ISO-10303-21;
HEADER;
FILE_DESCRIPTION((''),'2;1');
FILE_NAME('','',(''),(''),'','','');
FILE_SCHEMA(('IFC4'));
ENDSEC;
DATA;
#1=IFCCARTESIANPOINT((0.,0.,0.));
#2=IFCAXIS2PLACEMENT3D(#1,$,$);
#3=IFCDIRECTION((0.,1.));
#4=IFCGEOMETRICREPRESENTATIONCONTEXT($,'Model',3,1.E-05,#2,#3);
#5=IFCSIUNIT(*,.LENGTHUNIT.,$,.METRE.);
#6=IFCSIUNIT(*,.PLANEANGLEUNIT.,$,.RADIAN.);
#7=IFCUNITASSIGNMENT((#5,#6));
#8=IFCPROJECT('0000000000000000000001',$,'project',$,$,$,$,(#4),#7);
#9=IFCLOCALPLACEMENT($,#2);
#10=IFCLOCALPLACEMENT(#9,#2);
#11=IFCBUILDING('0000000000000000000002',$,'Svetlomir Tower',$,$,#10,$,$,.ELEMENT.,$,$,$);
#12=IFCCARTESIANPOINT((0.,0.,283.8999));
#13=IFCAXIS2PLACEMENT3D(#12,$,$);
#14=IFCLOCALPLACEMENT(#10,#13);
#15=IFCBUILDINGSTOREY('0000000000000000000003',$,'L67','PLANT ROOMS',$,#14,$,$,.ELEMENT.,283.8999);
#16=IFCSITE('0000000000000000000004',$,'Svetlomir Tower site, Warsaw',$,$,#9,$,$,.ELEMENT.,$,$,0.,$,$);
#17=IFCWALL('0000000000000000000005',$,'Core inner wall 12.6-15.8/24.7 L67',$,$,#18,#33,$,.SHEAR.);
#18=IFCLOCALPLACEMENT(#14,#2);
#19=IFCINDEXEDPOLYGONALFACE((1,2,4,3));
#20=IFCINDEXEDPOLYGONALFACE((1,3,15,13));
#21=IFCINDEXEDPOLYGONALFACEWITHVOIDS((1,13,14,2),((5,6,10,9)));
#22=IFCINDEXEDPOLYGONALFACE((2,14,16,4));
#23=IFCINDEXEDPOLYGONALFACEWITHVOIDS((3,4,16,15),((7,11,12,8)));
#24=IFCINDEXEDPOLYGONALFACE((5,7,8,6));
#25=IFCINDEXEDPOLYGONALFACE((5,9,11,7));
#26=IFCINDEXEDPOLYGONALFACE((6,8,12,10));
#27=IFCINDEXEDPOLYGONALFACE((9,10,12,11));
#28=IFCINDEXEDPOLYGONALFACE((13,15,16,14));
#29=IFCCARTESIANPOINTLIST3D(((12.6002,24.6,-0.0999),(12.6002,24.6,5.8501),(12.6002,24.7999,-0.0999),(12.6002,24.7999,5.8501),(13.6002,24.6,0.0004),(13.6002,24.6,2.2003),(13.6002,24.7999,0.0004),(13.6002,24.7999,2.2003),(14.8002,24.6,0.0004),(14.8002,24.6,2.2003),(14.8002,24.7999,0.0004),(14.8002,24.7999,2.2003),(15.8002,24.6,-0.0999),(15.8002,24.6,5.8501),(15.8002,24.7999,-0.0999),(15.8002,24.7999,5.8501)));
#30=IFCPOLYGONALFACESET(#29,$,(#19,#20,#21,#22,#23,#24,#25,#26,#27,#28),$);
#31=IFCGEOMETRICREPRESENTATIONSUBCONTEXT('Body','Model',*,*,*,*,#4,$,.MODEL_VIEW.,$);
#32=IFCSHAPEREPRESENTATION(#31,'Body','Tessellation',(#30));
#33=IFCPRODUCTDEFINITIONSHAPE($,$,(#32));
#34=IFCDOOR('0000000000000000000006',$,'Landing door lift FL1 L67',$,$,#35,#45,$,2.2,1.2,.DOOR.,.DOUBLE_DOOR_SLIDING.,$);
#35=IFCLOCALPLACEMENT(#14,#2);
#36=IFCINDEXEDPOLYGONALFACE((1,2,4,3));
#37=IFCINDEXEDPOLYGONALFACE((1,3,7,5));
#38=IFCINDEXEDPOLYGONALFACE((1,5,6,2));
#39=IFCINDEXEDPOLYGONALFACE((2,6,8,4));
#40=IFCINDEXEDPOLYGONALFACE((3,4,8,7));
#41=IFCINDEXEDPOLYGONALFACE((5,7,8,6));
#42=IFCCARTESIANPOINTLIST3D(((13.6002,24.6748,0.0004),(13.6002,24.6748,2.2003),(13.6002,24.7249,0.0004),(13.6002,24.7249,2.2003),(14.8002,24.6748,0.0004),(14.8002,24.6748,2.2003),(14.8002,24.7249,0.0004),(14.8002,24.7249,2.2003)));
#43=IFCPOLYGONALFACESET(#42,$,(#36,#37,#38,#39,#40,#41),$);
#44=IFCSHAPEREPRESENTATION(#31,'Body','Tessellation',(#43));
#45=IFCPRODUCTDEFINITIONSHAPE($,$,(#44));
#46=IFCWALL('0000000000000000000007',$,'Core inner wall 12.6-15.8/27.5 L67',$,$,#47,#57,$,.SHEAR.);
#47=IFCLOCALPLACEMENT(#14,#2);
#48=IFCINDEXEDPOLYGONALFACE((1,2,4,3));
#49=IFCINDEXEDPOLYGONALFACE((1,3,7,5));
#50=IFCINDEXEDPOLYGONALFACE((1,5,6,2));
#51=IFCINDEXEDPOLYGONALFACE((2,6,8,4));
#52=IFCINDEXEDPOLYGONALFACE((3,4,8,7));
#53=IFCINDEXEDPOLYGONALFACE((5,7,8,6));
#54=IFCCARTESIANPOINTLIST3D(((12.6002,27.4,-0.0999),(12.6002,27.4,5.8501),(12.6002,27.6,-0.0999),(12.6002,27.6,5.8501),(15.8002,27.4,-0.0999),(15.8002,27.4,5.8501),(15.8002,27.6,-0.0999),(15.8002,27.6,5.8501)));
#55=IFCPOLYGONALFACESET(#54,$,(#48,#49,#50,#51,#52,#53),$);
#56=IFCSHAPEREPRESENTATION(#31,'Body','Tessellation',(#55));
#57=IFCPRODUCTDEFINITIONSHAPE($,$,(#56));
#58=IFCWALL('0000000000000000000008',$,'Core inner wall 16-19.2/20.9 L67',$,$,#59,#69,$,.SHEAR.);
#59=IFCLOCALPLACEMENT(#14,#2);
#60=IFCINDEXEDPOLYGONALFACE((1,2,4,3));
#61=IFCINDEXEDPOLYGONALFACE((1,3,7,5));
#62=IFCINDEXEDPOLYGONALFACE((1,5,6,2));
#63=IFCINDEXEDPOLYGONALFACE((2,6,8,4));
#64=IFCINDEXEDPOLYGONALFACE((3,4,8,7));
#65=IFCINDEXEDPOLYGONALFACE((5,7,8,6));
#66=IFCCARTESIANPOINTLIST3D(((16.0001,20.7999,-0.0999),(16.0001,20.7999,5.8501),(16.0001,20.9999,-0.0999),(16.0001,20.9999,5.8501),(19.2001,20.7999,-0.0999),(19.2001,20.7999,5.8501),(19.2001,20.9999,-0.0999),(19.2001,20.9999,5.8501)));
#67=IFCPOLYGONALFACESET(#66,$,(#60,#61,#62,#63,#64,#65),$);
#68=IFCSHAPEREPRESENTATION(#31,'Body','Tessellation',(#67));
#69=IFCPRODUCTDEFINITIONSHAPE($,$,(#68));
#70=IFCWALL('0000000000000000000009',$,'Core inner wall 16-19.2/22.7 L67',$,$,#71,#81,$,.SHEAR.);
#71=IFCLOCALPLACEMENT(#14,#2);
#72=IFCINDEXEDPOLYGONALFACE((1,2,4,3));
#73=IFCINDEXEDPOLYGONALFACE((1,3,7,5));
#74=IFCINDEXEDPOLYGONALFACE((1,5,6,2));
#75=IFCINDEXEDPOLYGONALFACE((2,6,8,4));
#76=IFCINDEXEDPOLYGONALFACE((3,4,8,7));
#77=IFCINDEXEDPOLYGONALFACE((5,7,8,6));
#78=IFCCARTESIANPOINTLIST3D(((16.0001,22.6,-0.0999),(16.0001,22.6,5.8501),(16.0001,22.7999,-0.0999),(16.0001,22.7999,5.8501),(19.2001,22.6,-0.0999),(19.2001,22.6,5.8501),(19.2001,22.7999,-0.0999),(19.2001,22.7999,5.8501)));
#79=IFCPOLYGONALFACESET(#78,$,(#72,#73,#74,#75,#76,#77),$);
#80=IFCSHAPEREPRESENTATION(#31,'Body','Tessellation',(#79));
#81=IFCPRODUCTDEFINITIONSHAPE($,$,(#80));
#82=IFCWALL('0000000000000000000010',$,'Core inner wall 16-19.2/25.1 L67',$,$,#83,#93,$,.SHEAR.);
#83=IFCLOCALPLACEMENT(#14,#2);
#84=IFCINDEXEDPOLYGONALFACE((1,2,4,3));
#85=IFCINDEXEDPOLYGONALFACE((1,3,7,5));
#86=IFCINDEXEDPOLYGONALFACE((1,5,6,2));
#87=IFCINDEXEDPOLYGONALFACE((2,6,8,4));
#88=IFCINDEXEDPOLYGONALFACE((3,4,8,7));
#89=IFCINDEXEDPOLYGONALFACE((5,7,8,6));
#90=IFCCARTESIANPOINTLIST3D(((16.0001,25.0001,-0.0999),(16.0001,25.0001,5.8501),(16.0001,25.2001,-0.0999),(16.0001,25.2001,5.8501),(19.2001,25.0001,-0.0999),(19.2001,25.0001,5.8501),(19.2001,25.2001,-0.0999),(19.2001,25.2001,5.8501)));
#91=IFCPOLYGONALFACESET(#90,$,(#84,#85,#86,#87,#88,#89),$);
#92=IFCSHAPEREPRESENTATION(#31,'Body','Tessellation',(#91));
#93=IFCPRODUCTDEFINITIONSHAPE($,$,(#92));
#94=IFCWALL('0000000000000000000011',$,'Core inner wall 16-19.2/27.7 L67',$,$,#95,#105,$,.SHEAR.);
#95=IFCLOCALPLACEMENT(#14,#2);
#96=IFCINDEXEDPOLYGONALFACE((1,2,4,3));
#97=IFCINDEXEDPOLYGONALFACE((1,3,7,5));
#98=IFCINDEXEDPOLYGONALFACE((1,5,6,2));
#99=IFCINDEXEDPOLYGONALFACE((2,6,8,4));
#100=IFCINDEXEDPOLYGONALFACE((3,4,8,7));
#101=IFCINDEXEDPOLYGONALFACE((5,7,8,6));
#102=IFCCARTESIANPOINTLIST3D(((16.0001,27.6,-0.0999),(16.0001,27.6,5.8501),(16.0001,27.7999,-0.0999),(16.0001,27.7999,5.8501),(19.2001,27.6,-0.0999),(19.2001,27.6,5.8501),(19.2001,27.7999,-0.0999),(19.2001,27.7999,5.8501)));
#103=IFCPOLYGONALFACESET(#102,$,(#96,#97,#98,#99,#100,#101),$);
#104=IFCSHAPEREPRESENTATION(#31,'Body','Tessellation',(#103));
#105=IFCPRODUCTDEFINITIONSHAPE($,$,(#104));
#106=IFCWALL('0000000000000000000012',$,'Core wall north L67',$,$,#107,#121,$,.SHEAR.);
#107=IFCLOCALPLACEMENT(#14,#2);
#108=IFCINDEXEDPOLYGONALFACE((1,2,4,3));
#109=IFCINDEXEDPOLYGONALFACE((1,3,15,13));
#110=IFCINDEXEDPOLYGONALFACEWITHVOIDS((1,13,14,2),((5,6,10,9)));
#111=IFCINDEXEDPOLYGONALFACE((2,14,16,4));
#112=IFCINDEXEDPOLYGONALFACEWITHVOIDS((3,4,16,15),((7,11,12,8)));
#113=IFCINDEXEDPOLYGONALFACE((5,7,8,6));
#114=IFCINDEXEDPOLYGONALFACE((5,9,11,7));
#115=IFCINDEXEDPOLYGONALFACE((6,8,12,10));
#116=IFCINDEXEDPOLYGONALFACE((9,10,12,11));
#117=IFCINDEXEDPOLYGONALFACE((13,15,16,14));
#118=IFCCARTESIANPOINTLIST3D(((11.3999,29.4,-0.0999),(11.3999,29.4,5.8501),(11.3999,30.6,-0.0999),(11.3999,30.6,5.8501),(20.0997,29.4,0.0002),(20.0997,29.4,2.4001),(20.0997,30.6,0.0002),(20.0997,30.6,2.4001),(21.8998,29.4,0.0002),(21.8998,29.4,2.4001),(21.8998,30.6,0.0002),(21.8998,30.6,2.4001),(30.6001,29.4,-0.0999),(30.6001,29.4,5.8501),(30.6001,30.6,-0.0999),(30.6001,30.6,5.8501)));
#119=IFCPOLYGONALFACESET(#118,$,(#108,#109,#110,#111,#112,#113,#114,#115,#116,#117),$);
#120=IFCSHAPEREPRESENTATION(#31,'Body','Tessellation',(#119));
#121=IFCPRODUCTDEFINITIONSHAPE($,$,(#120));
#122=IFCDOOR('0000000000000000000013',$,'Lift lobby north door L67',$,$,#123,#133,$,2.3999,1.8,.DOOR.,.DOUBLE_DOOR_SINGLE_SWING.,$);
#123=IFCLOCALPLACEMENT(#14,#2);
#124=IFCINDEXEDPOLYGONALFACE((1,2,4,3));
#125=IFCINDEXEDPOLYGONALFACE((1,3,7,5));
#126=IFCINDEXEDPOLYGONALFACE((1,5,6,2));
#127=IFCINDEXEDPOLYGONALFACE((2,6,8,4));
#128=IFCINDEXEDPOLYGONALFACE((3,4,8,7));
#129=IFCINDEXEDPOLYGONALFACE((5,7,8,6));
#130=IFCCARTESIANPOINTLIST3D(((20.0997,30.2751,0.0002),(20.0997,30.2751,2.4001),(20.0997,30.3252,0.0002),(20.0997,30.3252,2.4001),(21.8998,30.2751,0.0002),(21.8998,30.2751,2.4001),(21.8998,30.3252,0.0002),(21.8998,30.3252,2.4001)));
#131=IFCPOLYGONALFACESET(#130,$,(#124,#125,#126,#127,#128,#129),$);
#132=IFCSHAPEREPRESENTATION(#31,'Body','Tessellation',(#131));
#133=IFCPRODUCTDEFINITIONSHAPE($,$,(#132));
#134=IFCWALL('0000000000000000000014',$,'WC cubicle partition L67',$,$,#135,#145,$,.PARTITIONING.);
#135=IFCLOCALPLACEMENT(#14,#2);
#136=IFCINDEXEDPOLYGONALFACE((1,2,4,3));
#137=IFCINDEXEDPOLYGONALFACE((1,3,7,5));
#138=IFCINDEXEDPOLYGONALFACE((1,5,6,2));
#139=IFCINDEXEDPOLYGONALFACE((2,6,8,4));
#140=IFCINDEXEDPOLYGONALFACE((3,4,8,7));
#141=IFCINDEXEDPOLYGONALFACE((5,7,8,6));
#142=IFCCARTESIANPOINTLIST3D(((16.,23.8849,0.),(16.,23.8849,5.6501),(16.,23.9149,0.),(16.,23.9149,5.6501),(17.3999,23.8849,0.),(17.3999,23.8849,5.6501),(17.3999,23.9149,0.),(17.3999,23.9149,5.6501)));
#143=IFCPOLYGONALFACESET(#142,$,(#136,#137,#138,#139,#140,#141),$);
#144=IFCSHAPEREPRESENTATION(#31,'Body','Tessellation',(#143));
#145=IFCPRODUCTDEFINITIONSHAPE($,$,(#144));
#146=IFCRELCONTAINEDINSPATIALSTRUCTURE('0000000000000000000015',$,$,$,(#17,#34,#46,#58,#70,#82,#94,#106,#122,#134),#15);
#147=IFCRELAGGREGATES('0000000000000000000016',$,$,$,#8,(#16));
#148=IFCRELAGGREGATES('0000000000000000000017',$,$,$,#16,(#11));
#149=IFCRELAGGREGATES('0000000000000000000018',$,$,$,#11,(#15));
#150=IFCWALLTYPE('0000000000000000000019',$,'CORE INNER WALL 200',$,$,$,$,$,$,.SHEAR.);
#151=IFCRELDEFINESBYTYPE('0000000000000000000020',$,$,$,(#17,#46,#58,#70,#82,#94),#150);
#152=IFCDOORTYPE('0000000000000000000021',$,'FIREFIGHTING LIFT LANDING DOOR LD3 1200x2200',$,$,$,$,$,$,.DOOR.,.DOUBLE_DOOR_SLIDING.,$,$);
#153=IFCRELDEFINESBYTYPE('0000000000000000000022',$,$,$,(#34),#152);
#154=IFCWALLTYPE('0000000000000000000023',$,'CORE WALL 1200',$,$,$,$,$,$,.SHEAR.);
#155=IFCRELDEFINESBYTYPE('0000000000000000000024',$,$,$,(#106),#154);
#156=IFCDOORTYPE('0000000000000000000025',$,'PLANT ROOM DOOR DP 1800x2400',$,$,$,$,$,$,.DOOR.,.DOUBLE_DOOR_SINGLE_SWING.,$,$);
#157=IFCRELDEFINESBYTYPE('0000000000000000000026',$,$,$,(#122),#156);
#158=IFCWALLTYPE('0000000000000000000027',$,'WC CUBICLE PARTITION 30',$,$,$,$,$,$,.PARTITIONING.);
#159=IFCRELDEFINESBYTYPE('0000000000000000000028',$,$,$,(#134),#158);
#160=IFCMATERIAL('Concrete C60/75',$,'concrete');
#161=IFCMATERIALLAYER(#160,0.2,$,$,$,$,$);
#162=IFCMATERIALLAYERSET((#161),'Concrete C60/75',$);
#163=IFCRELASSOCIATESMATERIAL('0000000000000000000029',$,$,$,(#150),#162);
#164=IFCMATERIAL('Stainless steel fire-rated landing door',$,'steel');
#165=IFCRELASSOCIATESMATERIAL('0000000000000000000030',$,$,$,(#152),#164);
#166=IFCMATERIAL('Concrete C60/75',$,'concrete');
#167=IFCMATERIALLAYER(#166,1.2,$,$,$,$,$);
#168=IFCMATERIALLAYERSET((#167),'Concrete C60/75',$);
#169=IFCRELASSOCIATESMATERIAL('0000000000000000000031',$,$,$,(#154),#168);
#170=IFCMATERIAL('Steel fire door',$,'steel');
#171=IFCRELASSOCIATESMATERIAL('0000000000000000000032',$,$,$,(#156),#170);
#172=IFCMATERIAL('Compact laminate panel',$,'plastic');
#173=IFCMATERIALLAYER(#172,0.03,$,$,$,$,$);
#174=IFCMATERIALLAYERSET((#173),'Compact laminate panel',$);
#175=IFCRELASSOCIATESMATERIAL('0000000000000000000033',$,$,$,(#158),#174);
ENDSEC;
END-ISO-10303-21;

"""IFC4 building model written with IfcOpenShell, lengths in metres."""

from ifc_helpers import new_model, si_unit, direction, frame, frame_2d, origin, place, context, subcontext, project, spatial, rectangle, extrude, material, layer, layer_set, type_object, element, fill, save


model = new_model("IFC4")

# Units and contexts
model_context = context("Model", 3, precision=1e-05, world=origin(), true_north=direction((0.0, 1.0)))
body_context = subcontext(model_context, "Body", "Model", "MODEL_VIEW")
ifc_project = project(units=[si_unit("LENGTHUNIT", "METRE"), si_unit("PLANEANGLEUNIT", "RADIAN")], contexts=[model_context])

# Site, building, storey
site_placement = place(None, origin())
site = spatial("IfcSite", under=ifc_project, at=site_placement, Name="Svetlomir Tower site, Warsaw", CompositionType="ELEMENT", RefElevation=0.0)
building_placement = place(site_placement, origin())
building = spatial("IfcBuilding", under=site, at=building_placement, Name="Svetlomir Tower", CompositionType="ELEMENT")
storey_placement = place(building_placement, frame((0.0, 0.0, 283.8999)))
storey = spatial("IfcBuildingStorey", under=building, at=storey_placement, Name="L67", Description="PLANT ROOMS", CompositionType="ELEMENT", Elevation=283.8999)

# Wall, opening, door
ifc_material_1 = material(Name="Concrete C60/75", Category="concrete")
ifc_layer_1 = layer(ifc_material_1, 0.2)
ifc_layer_set_1 = layer_set([ifc_layer_1], Name="Concrete C60/75")
wall_type_1 = type_object("IfcWallType", Name="CORE INNER WALL 200", PredefinedType="SHEAR", material=ifc_layer_set_1)
wall_1_placement = place(storey_placement, frame((12.6001, 24.7, -0.0999), z_axis=(0.0, 0.0, 1.0), x_axis=(1.0, 0.0, 0.0)))
wall_1 = element("IfcWall", 1, at=wall_1_placement, inside=storey, type_object=wall_type_1, Name="Core inner wall 12.6-15.8/24.7 L67", PredefinedType="SHEAR", context=body_context, shape_type="SweptSolid", body=[
    extrude(rectangle(XDim=3.2, YDim=0.2, at=frame_2d((1.6001, 0.0))), origin(), (0.0, 0.0, 1.0), 5.95),
])
opening_1_placement = place(wall_1_placement, frame((1.0, 0.0, 0.1001)))
opening_1 = element("IfcOpeningElement", 2, at=opening_1_placement, cuts=wall_1, PredefinedType="OPENING", context=body_context, shape_type="SweptSolid", body=[
    extrude(rectangle(XDim=1.2, YDim=2.2, at=frame_2d((0.6001, 1.1001))), frame((0.0, 0.1099, 0.0), z_axis=(0.0, -1.0, 0.0), x_axis=(1.0, 0.0, 0.0)), (0.0, 0.0, 1.0), 0.22),
])
ifc_material_2 = material(Name="Stainless steel fire-rated landing door", Category="steel")
door_type_1 = type_object("IfcDoorType", Name="FIREFIGHTING LIFT LANDING DOOR LD3 1200x2200", OperationType="DOUBLE_DOOR_SLIDING", PredefinedType="DOOR", material=ifc_material_2)
door_1_placement = place(opening_1_placement, origin())
door_1 = element("IfcDoor", 3, at=door_1_placement, inside=storey, type_object=door_type_1, Name="Landing door lift FL1 L67", OperationType="DOUBLE_DOOR_SLIDING", OverallHeight=2.2, OverallWidth=1.2, PredefinedType="DOOR", context=body_context, shape_type="SweptSolid", body=[
    extrude(rectangle(XDim=1.2, YDim=2.2, at=frame_2d((0.6001, 1.1001))), frame((0.0, 0.0249, 0.0), z_axis=(0.0, -1.0, 0.0), x_axis=(1.0, 0.0, 0.0)), (0.0, 0.0, 1.0), 0.05),
])
fill(opening_1, door_1)

# Walls
for number, where, z_axis, x_axis, name in (
    (4, (12.6001, 27.5, -0.0999), (0.0, 0.0, 1.0), (1.0, 0.0, 0.0), "Core inner wall 12.6-15.8/27.5 L67"),
    (5, (16.0, 20.8999, -0.0999), (0.0, 0.0, 1.0), (1.0, 0.0, 0.0), "Core inner wall 16-19.2/20.9 L67"),
    (6, (16.0, 22.7, -0.0999), (0.0, 0.0, 1.0), (1.0, 0.0, 0.0), "Core inner wall 16-19.2/22.7 L67"),
    (7, (16.0, 25.1001, -0.0999), (0.0, 0.0, 1.0), (1.0, 0.0, 0.0), "Core inner wall 16-19.2/25.1 L67"),
    (8, (16.0, 27.7, -0.0999), (0.0, 0.0, 1.0), (1.0, 0.0, 0.0), "Core inner wall 16-19.2/27.7 L67"),
):
    element("IfcWall", number, at=place(storey_placement, frame(where, z_axis=z_axis, x_axis=x_axis)), inside=storey, type_object=wall_type_1, Name=name, PredefinedType="SHEAR", context=body_context, shape_type="SweptSolid", body=[
        extrude(rectangle(XDim=3.2, YDim=0.2, at=frame_2d((1.6001, 0.0))), origin(), (0.0, 0.0, 1.0), 5.95),
    ])

# Wall, opening, door
ifc_material_3 = material(Name="Concrete C60/75", Category="concrete")
ifc_layer_2 = layer(ifc_material_3, 1.2)
ifc_layer_set_2 = layer_set([ifc_layer_2], Name="Concrete C60/75")
wall_type_2 = type_object("IfcWallType", Name="CORE WALL 1200", PredefinedType="SHEAR", material=ifc_layer_set_2)
wall_2_placement = place(storey_placement, frame((11.3999, 30.0, -0.0999), z_axis=(0.0, 0.0, 1.0), x_axis=(1.0, 0.0, 0.0)))
wall_2 = element("IfcWall", 9, at=wall_2_placement, inside=storey, type_object=wall_type_2, Name="Core wall north L67", PredefinedType="SHEAR", context=body_context, shape_type="SweptSolid", body=[
    extrude(rectangle(XDim=19.2002, YDim=1.2, at=frame_2d((9.6001, 0.0))), origin(), (0.0, 0.0, 1.0), 5.95),
])
opening_2_placement = place(wall_2_placement, frame((8.7, 0.0, 0.1001)))
opening_2 = element("IfcOpeningElement", 10, at=opening_2_placement, cuts=wall_2, PredefinedType="OPENING", context=body_context, shape_type="SweptSolid", body=[
    extrude(rectangle(XDim=1.8, YDim=2.3999, at=frame_2d((0.8999, 1.2))), frame((0.0, 0.6099, 0.0), z_axis=(0.0, -1.0, 0.0), x_axis=(1.0, 0.0, 0.0)), (0.0, 0.0, 1.0), 1.22),
])
ifc_material_4 = material(Name="Steel fire door", Category="steel")
door_type_2 = type_object("IfcDoorType", Name="PLANT ROOM DOOR DP 1800x2400", OperationType="DOUBLE_DOOR_SINGLE_SWING", PredefinedType="DOOR", material=ifc_material_4)
door_2_placement = place(opening_2_placement, origin())
door_2 = element("IfcDoor", 11, at=door_2_placement, inside=storey, type_object=door_type_2, Name="Lift lobby north door L67", OperationType="DOUBLE_DOOR_SINGLE_SWING", OverallHeight=2.3999, OverallWidth=1.8, PredefinedType="DOOR", context=body_context, shape_type="SweptSolid", body=[
    extrude(rectangle(XDim=1.8, YDim=2.3999, at=frame_2d((0.8999, 1.2))), frame((0.0, 0.3252, 0.0), z_axis=(0.0, -1.0, 0.0), x_axis=(1.0, 0.0, 0.0)), (0.0, 0.0, 1.0), 0.05),
])
fill(opening_2, door_2)

# Wall
ifc_material_5 = material(Name="Compact laminate panel", Category="plastic")
ifc_layer_3 = layer(ifc_material_5, 0.03)
ifc_layer_set_3 = layer_set([ifc_layer_3], Name="Compact laminate panel")
wall_type_3 = type_object("IfcWallType", Name="WC CUBICLE PARTITION 30", PredefinedType="PARTITIONING", material=ifc_layer_set_3)
wall_3_placement = place(storey_placement, frame((16.0, 23.8999, 0.0), z_axis=(0.0, 0.0, 1.0), x_axis=(1.0, 0.0, 0.0)))
element("IfcWall", 12, at=wall_3_placement, inside=storey, type_object=wall_type_3, Name="WC cubicle partition L67", PredefinedType="PARTITIONING", context=body_context, shape_type="SweptSolid", body=[
    extrude(rectangle(XDim=1.3999, YDim=0.03, at=frame_2d((0.7, 0.0))), origin(), (0.0, 0.0, 1.0), 5.6501),
])

save(model, "model.ifc")
